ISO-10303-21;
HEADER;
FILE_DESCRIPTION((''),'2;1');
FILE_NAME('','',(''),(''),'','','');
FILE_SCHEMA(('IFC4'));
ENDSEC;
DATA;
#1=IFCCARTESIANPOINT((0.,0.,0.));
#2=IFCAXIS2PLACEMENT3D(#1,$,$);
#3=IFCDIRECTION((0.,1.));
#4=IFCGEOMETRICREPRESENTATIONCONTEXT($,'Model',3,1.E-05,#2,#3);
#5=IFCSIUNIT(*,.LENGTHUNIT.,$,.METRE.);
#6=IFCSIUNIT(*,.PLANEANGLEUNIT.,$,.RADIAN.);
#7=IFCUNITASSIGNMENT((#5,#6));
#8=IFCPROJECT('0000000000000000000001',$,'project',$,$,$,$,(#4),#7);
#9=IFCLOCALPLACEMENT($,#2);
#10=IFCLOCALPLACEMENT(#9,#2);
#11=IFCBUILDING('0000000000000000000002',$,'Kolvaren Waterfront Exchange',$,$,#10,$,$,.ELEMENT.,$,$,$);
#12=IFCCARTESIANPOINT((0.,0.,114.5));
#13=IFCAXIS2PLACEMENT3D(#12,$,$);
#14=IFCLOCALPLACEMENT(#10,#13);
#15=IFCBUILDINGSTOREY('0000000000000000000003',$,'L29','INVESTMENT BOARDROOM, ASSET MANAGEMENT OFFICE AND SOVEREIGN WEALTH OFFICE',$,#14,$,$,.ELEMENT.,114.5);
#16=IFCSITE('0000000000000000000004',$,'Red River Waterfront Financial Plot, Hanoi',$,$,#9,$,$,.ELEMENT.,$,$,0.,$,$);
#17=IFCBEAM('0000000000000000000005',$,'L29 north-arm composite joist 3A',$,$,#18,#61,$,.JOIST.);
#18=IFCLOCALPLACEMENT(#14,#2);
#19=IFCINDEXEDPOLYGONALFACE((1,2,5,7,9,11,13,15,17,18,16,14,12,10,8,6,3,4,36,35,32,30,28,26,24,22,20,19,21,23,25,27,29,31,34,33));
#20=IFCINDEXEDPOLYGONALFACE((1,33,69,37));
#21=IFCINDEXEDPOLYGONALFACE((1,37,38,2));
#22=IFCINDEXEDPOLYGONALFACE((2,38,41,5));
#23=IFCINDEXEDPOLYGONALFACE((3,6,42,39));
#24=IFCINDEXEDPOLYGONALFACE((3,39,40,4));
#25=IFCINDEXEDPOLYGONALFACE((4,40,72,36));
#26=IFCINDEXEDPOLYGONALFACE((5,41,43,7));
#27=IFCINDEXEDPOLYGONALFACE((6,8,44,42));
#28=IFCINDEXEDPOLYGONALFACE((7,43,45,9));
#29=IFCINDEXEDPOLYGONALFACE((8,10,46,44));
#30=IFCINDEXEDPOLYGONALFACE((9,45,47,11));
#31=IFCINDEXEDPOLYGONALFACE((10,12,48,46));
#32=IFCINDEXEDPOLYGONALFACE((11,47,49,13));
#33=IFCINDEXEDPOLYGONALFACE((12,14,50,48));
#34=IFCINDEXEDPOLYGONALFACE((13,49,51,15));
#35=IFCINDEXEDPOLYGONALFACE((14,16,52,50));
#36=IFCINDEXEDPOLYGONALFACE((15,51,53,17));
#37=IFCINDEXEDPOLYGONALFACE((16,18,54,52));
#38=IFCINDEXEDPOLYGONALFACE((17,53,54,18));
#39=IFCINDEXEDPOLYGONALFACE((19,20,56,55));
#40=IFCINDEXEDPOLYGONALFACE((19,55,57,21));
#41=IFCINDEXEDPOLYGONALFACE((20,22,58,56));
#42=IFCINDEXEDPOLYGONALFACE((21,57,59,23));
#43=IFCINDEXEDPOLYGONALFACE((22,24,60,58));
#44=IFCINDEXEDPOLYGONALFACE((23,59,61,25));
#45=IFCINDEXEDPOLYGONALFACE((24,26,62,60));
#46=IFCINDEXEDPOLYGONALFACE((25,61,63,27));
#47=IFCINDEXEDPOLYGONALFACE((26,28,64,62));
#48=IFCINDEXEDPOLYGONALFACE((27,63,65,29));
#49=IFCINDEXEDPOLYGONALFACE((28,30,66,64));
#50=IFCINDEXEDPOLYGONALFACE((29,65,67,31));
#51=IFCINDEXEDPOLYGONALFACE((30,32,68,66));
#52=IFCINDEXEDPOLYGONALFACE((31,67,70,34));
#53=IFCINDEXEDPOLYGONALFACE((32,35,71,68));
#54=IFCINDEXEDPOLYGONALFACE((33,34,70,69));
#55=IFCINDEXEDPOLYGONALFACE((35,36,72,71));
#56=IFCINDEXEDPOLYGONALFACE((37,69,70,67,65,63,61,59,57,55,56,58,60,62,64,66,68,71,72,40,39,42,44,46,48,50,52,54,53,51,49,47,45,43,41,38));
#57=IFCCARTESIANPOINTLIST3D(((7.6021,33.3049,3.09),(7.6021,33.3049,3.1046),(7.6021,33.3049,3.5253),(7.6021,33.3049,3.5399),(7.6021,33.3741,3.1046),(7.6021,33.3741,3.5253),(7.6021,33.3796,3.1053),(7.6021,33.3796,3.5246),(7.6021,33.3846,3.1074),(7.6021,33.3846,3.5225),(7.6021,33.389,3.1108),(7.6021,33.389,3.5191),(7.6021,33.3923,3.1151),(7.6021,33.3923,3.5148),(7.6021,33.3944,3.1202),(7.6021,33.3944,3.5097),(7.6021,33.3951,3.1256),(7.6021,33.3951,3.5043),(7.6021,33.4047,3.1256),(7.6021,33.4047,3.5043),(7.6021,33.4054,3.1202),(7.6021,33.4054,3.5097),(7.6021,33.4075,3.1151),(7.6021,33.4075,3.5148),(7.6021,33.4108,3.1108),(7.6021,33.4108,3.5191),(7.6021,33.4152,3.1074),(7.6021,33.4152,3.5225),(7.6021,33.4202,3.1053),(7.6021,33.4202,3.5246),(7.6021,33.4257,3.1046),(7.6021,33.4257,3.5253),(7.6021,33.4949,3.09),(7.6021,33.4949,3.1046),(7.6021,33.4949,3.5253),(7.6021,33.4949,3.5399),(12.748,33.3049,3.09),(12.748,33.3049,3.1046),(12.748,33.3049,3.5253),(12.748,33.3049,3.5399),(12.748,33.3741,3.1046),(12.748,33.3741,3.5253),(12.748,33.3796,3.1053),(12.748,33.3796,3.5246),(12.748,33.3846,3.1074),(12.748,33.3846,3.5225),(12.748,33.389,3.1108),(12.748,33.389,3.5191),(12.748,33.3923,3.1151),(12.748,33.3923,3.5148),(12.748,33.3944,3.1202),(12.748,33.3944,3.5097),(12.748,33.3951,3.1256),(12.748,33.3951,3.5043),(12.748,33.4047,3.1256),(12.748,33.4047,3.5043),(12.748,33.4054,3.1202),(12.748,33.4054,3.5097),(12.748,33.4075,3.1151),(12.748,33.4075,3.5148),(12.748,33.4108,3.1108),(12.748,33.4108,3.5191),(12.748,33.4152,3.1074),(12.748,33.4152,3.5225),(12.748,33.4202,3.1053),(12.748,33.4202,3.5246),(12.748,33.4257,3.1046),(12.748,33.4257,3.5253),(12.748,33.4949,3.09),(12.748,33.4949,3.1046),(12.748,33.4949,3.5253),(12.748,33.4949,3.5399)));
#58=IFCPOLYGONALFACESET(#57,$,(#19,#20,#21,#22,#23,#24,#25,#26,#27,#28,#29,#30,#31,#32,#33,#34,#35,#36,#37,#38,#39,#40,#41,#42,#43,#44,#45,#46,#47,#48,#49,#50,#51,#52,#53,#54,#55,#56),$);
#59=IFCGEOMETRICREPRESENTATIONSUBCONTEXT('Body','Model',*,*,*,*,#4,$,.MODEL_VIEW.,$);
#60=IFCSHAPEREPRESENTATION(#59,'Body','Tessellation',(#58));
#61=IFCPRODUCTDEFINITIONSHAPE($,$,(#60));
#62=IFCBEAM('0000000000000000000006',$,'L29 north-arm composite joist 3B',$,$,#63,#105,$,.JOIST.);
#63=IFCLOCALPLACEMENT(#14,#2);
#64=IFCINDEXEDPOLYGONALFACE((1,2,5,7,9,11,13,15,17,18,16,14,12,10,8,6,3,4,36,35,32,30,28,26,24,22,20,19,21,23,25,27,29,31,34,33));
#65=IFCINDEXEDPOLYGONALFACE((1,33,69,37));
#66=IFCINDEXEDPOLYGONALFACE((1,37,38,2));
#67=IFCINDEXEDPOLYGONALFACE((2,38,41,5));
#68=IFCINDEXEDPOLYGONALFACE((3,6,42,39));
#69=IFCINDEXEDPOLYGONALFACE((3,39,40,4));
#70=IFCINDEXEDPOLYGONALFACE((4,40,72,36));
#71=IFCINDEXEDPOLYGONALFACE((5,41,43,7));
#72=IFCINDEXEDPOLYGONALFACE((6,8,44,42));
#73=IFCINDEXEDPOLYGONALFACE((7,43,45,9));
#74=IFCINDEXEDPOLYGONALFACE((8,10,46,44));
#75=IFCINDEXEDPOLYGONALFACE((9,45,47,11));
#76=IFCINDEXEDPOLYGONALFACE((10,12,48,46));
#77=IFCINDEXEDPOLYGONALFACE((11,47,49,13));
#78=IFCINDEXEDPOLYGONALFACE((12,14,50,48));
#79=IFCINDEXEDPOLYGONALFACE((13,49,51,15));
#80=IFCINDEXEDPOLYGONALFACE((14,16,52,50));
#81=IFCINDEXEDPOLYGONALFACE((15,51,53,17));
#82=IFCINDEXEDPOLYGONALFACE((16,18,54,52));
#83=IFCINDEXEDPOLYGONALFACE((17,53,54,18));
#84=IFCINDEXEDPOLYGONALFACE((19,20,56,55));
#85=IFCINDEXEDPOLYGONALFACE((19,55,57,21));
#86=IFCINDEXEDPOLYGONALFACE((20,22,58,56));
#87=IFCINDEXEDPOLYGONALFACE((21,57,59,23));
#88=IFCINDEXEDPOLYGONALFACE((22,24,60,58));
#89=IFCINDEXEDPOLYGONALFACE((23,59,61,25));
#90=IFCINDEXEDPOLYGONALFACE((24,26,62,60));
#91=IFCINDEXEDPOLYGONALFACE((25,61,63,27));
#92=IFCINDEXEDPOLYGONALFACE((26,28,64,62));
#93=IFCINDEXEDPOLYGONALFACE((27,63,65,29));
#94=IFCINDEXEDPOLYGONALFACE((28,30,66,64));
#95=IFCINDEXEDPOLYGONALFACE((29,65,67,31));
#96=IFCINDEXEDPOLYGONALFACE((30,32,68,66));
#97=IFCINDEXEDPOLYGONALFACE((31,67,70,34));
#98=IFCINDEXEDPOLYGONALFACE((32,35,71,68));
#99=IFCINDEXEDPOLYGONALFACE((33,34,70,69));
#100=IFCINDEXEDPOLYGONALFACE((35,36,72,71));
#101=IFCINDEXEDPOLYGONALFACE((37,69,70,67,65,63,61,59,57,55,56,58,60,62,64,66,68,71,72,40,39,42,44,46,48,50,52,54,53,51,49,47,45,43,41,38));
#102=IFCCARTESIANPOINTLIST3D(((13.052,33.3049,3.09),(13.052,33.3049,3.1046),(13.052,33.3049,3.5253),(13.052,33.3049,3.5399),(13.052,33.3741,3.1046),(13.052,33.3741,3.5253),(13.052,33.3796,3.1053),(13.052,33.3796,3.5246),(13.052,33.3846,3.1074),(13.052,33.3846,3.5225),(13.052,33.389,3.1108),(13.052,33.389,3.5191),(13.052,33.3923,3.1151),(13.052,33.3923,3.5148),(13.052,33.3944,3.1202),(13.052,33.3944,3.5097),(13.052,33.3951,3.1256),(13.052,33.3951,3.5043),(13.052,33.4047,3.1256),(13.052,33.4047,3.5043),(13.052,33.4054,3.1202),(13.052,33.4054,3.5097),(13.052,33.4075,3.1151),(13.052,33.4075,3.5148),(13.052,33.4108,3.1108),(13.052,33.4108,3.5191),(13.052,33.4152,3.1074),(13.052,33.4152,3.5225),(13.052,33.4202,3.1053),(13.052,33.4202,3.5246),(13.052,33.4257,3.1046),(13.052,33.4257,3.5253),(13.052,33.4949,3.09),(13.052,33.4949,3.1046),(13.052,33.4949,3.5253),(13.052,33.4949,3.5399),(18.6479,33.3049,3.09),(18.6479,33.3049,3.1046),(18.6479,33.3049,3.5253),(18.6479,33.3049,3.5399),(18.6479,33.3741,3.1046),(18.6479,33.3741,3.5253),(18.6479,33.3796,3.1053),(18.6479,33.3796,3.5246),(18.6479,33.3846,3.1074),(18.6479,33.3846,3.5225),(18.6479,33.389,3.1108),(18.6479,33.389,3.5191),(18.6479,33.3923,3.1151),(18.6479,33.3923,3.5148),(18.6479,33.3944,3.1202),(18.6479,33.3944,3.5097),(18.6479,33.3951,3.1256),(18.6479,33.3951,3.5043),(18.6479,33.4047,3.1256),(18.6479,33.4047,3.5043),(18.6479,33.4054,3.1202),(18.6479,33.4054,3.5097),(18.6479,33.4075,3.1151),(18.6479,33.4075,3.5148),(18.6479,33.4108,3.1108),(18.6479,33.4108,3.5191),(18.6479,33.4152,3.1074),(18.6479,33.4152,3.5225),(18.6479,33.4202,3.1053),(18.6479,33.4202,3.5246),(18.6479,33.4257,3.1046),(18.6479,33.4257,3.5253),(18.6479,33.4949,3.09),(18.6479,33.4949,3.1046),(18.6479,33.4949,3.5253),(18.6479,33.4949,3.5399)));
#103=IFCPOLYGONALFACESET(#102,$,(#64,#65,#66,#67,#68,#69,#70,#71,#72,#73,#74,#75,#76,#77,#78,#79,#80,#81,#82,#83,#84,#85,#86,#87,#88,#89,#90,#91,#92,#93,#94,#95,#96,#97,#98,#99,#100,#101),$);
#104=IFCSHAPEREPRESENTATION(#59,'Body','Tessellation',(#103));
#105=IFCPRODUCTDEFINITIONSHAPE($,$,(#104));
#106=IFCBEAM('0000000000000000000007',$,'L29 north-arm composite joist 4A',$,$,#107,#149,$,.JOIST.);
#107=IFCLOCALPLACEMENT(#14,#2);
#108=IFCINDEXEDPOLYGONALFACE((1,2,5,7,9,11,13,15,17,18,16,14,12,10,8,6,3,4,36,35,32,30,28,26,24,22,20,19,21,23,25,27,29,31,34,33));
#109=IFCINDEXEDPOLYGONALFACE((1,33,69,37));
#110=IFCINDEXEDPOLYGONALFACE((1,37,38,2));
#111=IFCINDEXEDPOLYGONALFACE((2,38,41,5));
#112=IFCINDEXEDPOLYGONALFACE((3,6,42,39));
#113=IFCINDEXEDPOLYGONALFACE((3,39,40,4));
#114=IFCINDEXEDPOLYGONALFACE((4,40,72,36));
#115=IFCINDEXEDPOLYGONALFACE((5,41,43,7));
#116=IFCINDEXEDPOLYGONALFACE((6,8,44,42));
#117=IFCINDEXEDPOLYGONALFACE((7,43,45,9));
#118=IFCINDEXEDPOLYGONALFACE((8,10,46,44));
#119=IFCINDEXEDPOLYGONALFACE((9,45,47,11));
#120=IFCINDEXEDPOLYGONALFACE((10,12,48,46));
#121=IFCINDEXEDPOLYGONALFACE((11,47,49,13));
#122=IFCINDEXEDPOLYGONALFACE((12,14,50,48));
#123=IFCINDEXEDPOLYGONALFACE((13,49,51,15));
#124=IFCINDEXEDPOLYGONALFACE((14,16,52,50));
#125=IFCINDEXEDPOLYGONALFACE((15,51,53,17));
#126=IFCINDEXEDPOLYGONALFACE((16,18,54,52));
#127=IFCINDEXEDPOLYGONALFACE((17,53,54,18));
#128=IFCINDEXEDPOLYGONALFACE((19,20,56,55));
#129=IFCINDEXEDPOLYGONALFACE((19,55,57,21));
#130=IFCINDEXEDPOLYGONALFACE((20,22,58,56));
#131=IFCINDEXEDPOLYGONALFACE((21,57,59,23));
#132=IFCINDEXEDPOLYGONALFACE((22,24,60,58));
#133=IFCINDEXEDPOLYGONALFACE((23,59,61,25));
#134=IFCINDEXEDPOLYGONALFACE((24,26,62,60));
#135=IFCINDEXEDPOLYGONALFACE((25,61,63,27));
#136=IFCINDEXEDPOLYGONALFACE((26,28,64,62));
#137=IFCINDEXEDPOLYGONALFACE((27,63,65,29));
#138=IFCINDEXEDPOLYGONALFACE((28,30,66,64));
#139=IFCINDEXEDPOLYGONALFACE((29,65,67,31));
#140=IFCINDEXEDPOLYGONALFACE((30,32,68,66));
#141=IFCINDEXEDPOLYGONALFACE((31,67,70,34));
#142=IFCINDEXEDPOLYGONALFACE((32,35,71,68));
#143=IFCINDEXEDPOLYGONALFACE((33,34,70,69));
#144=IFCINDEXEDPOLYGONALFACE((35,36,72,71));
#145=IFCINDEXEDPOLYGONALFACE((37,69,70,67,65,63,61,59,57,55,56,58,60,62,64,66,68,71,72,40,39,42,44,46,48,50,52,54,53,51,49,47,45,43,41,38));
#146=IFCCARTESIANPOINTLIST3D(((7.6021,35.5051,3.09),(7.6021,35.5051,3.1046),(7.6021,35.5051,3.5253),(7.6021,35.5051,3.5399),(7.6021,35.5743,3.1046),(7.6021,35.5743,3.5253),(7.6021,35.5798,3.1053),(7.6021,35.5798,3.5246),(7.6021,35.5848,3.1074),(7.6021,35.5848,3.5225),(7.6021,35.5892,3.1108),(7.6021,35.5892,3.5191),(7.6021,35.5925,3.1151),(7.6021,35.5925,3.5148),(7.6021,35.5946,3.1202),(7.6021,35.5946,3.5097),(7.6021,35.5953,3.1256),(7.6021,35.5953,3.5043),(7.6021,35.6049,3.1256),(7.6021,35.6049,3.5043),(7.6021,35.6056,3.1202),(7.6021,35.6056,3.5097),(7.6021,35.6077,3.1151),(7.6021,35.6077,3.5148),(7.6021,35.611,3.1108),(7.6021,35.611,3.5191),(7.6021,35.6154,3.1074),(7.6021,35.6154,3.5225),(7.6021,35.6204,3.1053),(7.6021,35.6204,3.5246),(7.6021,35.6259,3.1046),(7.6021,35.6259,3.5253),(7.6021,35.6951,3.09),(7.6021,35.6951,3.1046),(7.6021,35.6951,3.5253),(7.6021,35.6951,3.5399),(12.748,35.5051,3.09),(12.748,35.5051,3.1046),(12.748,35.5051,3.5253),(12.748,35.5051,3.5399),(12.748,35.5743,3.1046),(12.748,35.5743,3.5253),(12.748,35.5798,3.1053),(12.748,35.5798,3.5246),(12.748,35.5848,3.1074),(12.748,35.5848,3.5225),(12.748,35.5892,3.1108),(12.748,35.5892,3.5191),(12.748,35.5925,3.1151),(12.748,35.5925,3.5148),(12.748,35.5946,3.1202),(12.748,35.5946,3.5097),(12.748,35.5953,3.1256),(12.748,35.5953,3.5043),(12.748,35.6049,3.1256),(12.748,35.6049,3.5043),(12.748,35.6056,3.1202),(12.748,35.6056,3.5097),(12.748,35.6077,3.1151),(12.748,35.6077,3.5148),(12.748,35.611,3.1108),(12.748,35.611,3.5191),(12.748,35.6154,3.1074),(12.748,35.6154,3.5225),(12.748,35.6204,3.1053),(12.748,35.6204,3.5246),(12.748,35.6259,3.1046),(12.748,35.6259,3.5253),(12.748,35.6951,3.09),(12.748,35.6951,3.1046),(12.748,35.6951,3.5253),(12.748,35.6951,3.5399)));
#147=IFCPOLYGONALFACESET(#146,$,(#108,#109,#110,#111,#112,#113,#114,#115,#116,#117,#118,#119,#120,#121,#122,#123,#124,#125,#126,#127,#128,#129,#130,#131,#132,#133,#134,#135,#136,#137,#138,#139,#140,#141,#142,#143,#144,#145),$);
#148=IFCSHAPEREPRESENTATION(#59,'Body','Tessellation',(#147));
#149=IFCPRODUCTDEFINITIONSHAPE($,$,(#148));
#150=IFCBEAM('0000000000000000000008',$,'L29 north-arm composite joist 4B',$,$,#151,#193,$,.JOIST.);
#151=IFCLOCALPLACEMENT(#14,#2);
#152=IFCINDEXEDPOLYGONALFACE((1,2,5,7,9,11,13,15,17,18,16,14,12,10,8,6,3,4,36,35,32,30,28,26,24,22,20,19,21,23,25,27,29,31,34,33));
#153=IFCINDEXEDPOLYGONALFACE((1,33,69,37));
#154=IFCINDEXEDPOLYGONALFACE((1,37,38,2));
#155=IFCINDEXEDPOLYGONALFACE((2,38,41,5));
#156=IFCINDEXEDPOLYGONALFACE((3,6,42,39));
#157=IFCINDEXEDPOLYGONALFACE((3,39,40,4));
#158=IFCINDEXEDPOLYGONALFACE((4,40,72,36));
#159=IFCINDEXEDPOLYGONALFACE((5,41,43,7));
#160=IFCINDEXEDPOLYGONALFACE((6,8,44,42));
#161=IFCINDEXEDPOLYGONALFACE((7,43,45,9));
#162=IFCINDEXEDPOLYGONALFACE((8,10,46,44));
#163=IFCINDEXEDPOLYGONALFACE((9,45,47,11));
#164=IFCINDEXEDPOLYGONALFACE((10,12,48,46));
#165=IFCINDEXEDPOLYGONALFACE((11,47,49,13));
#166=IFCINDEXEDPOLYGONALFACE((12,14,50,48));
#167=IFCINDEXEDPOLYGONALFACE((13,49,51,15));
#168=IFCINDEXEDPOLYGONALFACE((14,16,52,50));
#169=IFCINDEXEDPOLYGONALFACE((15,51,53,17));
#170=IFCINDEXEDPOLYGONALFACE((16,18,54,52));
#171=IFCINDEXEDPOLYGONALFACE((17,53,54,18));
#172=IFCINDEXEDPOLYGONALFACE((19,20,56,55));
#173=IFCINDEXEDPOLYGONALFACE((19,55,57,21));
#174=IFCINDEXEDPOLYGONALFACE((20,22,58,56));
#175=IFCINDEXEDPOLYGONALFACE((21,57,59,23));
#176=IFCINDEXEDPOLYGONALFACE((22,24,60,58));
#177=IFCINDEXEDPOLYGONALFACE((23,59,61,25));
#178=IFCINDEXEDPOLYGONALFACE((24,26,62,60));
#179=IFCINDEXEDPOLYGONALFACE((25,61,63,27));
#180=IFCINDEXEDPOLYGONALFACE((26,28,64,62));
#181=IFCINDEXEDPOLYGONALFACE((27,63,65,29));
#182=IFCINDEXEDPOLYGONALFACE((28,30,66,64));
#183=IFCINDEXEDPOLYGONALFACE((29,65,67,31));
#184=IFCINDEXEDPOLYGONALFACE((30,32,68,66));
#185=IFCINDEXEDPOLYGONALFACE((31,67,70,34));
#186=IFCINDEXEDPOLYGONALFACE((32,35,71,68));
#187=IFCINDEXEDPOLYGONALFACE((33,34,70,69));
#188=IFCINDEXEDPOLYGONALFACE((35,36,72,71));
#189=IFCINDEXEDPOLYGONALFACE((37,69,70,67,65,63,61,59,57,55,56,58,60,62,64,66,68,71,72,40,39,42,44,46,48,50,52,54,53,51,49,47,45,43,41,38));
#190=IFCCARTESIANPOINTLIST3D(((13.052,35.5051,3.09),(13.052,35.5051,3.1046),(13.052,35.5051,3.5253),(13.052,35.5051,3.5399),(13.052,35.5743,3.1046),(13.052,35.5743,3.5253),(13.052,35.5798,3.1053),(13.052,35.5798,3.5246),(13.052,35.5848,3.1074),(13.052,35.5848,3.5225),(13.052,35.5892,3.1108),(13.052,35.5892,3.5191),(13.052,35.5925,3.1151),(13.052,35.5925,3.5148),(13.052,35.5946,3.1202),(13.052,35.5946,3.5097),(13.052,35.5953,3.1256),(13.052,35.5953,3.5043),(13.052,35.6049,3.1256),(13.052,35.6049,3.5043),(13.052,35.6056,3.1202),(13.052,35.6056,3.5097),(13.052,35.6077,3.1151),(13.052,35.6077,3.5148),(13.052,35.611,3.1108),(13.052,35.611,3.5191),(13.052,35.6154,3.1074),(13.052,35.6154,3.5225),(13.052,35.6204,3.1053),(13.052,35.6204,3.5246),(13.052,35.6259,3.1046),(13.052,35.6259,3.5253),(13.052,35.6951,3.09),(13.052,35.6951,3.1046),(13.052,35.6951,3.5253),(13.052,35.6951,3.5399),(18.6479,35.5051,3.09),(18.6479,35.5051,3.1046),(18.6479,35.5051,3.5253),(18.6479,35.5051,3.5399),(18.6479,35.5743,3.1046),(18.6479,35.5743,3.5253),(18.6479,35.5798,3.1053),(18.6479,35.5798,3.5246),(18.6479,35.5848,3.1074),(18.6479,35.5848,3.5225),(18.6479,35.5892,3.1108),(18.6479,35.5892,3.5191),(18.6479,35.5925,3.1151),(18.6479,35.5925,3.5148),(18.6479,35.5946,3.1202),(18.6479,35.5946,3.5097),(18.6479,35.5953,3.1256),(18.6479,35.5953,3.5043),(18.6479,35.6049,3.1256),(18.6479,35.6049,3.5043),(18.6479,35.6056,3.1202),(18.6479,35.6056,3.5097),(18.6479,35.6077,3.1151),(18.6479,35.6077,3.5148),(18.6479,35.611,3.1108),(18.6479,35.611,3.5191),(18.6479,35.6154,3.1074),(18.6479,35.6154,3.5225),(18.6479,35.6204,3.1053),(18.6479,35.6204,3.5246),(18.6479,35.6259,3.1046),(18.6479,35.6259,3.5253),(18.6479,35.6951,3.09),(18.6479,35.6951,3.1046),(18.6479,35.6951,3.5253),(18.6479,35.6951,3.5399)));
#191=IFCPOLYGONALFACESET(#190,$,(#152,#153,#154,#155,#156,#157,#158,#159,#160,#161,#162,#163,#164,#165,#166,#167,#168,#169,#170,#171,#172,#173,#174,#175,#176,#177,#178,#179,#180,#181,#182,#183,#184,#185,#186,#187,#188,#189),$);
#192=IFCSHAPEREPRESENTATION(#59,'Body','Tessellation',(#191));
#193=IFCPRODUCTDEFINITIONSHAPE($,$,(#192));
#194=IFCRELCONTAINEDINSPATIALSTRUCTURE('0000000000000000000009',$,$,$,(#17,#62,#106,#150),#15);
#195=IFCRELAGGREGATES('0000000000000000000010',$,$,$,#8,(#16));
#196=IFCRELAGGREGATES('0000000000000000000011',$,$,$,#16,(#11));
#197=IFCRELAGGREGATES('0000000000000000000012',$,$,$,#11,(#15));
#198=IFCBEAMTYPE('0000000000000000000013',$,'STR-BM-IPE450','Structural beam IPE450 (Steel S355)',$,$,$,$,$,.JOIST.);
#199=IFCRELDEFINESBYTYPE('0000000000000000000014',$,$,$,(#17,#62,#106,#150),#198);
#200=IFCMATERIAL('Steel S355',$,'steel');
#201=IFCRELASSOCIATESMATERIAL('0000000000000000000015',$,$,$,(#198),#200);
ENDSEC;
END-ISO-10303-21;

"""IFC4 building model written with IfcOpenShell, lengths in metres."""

from ifc_helpers import new_model, si_unit, direction, frame, origin, origin_2d, place, context, subcontext, project, spatial, i_section, extrude, material, material_profile, profile_set, type_object, element, save


model = new_model("IFC4")

# Units and contexts
model_context = context("Model", 3, precision=1e-05, world=origin(), true_north=direction((0.0, 1.0)))
body_context = subcontext(model_context, "Body", "Model", "MODEL_VIEW")
ifc_project = project(units=[si_unit("LENGTHUNIT", "METRE"), si_unit("PLANEANGLEUNIT", "RADIAN")], contexts=[model_context])

# Site, building, storey
site_placement = place(None, origin())
site = spatial("IfcSite", under=ifc_project, at=site_placement, Name="Red River Waterfront Financial Plot, Hanoi", CompositionType="ELEMENT", RefElevation=0.0)
building_placement = place(site_placement, origin())
building = spatial("IfcBuilding", under=site, at=building_placement, Name="Kolvaren Waterfront Exchange", CompositionType="ELEMENT")
storey_placement = place(building_placement, frame((0.0, 0.0, 114.5)))
storey = spatial("IfcBuildingStorey", under=building, at=storey_placement, Name="L29", Description="INVESTMENT BOARDROOM, ASSET MANAGEMENT OFFICE AND SOVEREIGN WEALTH OFFICE", CompositionType="ELEMENT", Elevation=114.5)

# Beams
ifc_material_1 = material(Name="Steel S355", Category="steel")
ifc_material_profile_1 = material_profile(ifc_material_1, i_section(OverallWidth=0.1899, OverallDepth=0.45, WebThickness=0.0095, FlangeThickness=0.0146, FilletRadius=0.021, at=origin_2d()), Name="IPE450")
ifc_profile_set_1 = profile_set([ifc_material_profile_1], Name="Steel S355")
beam_type_1 = type_object("IfcBeamType", Name="STR-BM-IPE450", Description="Structural beam IPE450 (Steel S355)", PredefinedType="JOIST", material=ifc_profile_set_1)
beam_1_placement = place(storey_placement, frame((7.6021, 33.3999, 3.3149), z_axis=(1.0, 0.0, 0.0), x_axis=(0.0, 1.0, 0.0)))
element("IfcBeam", 1, at=beam_1_placement, inside=storey, type_object=beam_type_1, Name="L29 north-arm composite joist 3A", PredefinedType="JOIST", context=body_context, shape_type="SweptSolid", body=[
    extrude(i_section(OverallWidth=0.1899, OverallDepth=0.45, WebThickness=0.0095, FlangeThickness=0.0146, FilletRadius=0.021, at=origin_2d()), origin(), (0.0, 0.0, 1.0), 5.146),
])
beam_2_placement = place(storey_placement, frame((13.052, 33.3999, 3.3149), z_axis=(1.0, 0.0, 0.0), x_axis=(0.0, 1.0, 0.0)))
element("IfcBeam", 2, at=beam_2_placement, inside=storey, type_object=beam_type_1, Name="L29 north-arm composite joist 3B", PredefinedType="JOIST", context=body_context, shape_type="SweptSolid", body=[
    extrude(i_section(OverallWidth=0.1899, OverallDepth=0.45, WebThickness=0.0095, FlangeThickness=0.0146, FilletRadius=0.021, at=origin_2d()), origin(), (0.0, 0.0, 1.0), 5.5959),
])
beam_3_placement = place(storey_placement, frame((7.6021, 35.6001, 3.3149), z_axis=(1.0, 0.0, 0.0), x_axis=(0.0, 1.0, 0.0)))
element("IfcBeam", 3, at=beam_3_placement, inside=storey, type_object=beam_type_1, Name="L29 north-arm composite joist 4A", PredefinedType="JOIST", context=body_context, shape_type="SweptSolid", body=[
    extrude(i_section(OverallWidth=0.1899, OverallDepth=0.45, WebThickness=0.0095, FlangeThickness=0.0146, FilletRadius=0.021, at=origin_2d()), origin(), (0.0, 0.0, 1.0), 5.146),
])
beam_4_placement = place(storey_placement, frame((13.052, 35.6001, 3.3149), z_axis=(1.0, 0.0, 0.0), x_axis=(0.0, 1.0, 0.0)))
element("IfcBeam", 4, at=beam_4_placement, inside=storey, type_object=beam_type_1, Name="L29 north-arm composite joist 4B", PredefinedType="JOIST", context=body_context, shape_type="SweptSolid", body=[
    extrude(i_section(OverallWidth=0.1899, OverallDepth=0.45, WebThickness=0.0095, FlangeThickness=0.0146, FilletRadius=0.021, at=origin_2d()), origin(), (0.0, 0.0, 1.0), 5.5959),
])

save(model, "model.ifc")
